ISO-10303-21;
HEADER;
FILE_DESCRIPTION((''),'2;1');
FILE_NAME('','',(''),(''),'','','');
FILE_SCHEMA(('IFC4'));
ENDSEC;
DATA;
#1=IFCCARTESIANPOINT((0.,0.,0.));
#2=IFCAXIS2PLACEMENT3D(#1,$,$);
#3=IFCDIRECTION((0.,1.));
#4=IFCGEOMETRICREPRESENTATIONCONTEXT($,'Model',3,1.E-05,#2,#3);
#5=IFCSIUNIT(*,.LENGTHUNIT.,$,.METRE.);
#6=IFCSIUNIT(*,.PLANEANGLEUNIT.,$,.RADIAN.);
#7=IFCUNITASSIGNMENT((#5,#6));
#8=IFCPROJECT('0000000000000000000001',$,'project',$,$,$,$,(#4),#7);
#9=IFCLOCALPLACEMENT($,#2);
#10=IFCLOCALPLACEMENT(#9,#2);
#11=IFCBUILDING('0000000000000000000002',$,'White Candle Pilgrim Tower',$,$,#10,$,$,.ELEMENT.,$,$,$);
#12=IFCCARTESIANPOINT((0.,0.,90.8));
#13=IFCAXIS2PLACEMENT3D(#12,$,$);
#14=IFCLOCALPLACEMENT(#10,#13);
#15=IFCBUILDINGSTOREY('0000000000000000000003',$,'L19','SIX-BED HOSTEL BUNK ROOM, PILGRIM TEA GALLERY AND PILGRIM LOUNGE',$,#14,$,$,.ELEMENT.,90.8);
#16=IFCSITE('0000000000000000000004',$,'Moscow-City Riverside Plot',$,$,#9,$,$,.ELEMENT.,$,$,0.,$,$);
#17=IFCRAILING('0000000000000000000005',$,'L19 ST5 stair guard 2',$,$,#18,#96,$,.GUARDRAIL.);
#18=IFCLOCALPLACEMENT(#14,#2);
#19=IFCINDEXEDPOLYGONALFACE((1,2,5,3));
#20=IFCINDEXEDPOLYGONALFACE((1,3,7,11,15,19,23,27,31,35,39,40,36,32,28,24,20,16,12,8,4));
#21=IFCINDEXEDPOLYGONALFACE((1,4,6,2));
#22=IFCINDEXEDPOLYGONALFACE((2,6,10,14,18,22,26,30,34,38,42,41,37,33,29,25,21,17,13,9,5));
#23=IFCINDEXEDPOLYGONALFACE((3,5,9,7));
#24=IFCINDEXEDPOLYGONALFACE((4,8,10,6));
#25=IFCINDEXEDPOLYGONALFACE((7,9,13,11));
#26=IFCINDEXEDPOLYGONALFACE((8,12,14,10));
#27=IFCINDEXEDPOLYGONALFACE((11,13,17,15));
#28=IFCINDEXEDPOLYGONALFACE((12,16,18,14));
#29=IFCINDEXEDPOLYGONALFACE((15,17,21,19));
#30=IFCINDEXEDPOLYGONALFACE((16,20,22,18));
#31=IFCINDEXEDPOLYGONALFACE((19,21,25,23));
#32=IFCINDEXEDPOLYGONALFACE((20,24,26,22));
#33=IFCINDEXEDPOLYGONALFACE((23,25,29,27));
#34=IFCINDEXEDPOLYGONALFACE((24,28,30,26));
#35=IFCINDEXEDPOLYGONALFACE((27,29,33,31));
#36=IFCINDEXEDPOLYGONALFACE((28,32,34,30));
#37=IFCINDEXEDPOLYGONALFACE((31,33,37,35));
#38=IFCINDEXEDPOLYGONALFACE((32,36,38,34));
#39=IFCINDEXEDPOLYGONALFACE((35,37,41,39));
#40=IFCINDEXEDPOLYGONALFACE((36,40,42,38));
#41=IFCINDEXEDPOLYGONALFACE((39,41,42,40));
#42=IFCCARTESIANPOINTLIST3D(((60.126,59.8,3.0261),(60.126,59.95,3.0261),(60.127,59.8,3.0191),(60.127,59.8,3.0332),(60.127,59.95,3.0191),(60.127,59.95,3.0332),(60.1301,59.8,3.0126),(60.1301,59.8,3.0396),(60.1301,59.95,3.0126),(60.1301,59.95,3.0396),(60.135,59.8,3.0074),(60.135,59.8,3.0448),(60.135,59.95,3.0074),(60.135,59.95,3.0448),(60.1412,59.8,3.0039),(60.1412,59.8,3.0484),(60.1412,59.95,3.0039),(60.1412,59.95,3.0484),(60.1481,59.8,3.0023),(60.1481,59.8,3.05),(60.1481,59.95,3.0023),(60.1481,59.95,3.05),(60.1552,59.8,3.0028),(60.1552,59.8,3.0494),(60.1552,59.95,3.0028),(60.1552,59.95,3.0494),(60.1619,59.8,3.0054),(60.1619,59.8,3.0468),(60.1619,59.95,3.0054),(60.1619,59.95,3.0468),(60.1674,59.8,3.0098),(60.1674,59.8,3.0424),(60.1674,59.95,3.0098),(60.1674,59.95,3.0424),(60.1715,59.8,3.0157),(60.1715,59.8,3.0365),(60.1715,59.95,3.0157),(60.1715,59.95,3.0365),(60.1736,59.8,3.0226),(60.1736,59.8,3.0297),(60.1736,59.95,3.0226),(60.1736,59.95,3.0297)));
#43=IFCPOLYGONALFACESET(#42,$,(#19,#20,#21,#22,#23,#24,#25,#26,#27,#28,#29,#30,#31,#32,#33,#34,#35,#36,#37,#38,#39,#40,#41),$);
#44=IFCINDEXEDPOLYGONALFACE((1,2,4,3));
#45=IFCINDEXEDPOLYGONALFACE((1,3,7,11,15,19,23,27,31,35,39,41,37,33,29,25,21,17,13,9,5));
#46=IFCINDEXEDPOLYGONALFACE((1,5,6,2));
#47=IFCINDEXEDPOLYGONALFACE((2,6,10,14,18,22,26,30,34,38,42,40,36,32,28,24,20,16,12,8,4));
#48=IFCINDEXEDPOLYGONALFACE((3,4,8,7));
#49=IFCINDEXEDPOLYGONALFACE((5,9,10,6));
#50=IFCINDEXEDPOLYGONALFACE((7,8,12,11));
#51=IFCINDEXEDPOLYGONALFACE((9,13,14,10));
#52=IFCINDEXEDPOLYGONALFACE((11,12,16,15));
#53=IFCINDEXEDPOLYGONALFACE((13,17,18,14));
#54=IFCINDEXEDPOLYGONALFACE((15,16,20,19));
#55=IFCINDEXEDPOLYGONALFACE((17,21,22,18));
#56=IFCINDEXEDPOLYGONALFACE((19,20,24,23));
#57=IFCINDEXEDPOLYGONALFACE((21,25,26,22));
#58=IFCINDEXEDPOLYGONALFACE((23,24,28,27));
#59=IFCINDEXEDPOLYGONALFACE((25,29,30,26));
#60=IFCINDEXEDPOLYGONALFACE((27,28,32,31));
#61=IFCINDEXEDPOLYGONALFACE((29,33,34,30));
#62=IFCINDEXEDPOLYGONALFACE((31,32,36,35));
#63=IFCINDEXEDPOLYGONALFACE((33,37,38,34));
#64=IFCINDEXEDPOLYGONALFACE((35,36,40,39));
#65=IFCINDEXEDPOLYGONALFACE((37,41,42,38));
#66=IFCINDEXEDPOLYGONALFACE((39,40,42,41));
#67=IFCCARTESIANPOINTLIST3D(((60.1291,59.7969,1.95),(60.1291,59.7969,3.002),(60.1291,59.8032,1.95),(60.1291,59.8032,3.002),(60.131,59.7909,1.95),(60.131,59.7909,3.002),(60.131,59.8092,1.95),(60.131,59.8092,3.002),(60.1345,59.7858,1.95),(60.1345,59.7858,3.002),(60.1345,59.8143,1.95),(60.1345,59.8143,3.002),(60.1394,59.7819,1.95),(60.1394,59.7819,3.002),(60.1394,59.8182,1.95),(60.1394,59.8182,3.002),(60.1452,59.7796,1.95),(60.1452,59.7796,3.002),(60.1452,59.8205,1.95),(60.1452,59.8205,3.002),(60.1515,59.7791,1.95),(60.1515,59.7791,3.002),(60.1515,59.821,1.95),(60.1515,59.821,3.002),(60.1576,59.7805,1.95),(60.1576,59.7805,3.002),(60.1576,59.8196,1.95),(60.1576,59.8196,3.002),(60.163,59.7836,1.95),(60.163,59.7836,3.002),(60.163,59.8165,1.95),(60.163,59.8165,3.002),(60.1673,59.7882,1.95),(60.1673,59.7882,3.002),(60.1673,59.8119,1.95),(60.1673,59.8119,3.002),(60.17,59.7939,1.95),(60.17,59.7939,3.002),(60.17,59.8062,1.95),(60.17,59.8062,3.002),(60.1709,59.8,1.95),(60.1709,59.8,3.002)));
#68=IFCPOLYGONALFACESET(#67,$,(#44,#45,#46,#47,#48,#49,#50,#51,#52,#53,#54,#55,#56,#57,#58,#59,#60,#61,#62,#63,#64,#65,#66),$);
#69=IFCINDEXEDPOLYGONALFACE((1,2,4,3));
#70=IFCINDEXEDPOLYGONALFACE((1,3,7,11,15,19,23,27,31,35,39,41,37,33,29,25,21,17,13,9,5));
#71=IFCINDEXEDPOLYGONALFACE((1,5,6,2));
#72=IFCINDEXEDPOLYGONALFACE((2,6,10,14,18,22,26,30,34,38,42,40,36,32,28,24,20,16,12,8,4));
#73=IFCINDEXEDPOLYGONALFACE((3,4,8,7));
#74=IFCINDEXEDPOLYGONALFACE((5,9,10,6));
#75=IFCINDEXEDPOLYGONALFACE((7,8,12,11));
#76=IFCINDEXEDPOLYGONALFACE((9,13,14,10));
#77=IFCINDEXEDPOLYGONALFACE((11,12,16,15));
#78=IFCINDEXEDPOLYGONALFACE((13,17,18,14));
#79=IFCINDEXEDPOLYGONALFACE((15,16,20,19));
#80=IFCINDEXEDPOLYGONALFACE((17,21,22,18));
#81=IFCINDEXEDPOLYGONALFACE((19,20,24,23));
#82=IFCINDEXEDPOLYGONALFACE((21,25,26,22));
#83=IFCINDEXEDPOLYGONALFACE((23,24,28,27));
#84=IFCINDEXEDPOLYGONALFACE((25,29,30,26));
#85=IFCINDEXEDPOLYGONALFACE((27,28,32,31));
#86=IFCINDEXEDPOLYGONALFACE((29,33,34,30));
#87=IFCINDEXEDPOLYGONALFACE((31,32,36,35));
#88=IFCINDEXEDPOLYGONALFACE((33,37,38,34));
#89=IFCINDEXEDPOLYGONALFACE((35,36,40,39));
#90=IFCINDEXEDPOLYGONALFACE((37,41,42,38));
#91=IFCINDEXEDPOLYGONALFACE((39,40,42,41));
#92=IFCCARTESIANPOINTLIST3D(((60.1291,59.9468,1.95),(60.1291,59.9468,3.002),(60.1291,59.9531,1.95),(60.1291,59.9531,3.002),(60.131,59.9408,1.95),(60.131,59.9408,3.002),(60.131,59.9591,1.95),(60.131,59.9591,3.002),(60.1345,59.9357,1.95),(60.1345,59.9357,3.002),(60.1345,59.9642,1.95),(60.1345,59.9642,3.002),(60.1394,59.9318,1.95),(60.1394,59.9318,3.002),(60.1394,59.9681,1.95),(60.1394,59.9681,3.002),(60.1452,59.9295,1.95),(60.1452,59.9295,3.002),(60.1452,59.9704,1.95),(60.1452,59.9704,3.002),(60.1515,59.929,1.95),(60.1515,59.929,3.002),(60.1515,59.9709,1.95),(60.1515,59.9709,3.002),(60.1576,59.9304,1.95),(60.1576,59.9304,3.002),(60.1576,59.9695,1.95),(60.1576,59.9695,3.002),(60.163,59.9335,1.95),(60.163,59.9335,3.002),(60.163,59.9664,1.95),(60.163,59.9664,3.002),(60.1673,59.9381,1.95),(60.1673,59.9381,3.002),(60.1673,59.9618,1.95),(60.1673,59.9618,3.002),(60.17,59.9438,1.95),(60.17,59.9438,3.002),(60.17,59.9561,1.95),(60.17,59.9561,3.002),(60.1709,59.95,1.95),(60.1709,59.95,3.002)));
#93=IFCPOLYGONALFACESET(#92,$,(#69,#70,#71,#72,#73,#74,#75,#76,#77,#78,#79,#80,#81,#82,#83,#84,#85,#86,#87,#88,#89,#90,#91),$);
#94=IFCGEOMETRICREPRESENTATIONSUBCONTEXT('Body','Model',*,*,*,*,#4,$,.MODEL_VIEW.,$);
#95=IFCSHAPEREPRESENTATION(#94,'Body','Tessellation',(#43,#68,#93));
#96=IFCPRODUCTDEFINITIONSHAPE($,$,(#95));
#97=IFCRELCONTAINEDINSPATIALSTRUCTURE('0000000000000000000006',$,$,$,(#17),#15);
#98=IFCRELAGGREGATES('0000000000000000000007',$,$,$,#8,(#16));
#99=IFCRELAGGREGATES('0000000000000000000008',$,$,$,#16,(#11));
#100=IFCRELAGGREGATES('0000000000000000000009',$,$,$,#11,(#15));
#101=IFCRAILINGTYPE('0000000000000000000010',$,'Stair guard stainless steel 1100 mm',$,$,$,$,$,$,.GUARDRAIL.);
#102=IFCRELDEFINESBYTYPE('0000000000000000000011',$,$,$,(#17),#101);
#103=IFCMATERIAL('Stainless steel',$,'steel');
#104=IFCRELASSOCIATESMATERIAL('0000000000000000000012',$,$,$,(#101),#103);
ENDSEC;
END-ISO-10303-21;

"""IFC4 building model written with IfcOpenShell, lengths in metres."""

from ifc_helpers import new_model, si_unit, direction, frame, origin, origin_2d, place, context, subcontext, project, spatial, circle, extrude, material, type_object, element, save


model = new_model("IFC4")

# Units and contexts
model_context = context("Model", 3, precision=1e-05, world=origin(), true_north=direction((0.0, 1.0)))
body_context = subcontext(model_context, "Body", "Model", "MODEL_VIEW")
ifc_project = project(units=[si_unit("LENGTHUNIT", "METRE"), si_unit("PLANEANGLEUNIT", "RADIAN")], contexts=[model_context])

# Site, building, storey
site_placement = place(None, origin())
site = spatial("IfcSite", under=ifc_project, at=site_placement, Name="Moscow-City Riverside Plot", CompositionType="ELEMENT", RefElevation=0.0)
building_placement = place(site_placement, origin())
building = spatial("IfcBuilding", under=site, at=building_placement, Name="White Candle Pilgrim Tower", CompositionType="ELEMENT")
storey_placement = place(building_placement, frame((0.0, 0.0, 90.8)))
storey = spatial("IfcBuildingStorey", under=building, at=storey_placement, Name="L19", Description="SIX-BED HOSTEL BUNK ROOM, PILGRIM TEA GALLERY AND PILGRIM LOUNGE", CompositionType="ELEMENT", Elevation=90.8)

# Shared definitions
ifc_material_1 = material(Name="Stainless steel", Category="steel")

# Railing
railing_type_1 = type_object("IfcRailingType", Name="Stair guard stainless steel 1100 mm", PredefinedType="GUARDRAIL", material=ifc_material_1)
railing_1_placement = place(storey_placement, frame((60.1499, 59.8, 1.95)))
element("IfcRailing", 1, at=railing_1_placement, inside=storey, type_object=railing_type_1, Name="L19 ST5 stair guard 2", PredefinedType="GUARDRAIL", context=body_context, shape_type="SweptSolid", body=[
    extrude(circle(Radius=0.0239, at=origin_2d()), frame((0.0, 0.0, 1.0762), z_axis=(0.0, 1.0, 0.0), x_axis=(-1.0, 0.0, 0.0)), (0.0, 0.0, 1.0), 0.1499),
    extrude(circle(Radius=0.021, at=origin_2d()), origin(), (0.0, 0.0, 1.0), 1.052),
    extrude(circle(Radius=0.021, at=origin_2d()), frame((0.0, 0.1499, 0.0)), (0.0, 0.0, 1.0), 1.052),
])

save(model, "model.ifc")
